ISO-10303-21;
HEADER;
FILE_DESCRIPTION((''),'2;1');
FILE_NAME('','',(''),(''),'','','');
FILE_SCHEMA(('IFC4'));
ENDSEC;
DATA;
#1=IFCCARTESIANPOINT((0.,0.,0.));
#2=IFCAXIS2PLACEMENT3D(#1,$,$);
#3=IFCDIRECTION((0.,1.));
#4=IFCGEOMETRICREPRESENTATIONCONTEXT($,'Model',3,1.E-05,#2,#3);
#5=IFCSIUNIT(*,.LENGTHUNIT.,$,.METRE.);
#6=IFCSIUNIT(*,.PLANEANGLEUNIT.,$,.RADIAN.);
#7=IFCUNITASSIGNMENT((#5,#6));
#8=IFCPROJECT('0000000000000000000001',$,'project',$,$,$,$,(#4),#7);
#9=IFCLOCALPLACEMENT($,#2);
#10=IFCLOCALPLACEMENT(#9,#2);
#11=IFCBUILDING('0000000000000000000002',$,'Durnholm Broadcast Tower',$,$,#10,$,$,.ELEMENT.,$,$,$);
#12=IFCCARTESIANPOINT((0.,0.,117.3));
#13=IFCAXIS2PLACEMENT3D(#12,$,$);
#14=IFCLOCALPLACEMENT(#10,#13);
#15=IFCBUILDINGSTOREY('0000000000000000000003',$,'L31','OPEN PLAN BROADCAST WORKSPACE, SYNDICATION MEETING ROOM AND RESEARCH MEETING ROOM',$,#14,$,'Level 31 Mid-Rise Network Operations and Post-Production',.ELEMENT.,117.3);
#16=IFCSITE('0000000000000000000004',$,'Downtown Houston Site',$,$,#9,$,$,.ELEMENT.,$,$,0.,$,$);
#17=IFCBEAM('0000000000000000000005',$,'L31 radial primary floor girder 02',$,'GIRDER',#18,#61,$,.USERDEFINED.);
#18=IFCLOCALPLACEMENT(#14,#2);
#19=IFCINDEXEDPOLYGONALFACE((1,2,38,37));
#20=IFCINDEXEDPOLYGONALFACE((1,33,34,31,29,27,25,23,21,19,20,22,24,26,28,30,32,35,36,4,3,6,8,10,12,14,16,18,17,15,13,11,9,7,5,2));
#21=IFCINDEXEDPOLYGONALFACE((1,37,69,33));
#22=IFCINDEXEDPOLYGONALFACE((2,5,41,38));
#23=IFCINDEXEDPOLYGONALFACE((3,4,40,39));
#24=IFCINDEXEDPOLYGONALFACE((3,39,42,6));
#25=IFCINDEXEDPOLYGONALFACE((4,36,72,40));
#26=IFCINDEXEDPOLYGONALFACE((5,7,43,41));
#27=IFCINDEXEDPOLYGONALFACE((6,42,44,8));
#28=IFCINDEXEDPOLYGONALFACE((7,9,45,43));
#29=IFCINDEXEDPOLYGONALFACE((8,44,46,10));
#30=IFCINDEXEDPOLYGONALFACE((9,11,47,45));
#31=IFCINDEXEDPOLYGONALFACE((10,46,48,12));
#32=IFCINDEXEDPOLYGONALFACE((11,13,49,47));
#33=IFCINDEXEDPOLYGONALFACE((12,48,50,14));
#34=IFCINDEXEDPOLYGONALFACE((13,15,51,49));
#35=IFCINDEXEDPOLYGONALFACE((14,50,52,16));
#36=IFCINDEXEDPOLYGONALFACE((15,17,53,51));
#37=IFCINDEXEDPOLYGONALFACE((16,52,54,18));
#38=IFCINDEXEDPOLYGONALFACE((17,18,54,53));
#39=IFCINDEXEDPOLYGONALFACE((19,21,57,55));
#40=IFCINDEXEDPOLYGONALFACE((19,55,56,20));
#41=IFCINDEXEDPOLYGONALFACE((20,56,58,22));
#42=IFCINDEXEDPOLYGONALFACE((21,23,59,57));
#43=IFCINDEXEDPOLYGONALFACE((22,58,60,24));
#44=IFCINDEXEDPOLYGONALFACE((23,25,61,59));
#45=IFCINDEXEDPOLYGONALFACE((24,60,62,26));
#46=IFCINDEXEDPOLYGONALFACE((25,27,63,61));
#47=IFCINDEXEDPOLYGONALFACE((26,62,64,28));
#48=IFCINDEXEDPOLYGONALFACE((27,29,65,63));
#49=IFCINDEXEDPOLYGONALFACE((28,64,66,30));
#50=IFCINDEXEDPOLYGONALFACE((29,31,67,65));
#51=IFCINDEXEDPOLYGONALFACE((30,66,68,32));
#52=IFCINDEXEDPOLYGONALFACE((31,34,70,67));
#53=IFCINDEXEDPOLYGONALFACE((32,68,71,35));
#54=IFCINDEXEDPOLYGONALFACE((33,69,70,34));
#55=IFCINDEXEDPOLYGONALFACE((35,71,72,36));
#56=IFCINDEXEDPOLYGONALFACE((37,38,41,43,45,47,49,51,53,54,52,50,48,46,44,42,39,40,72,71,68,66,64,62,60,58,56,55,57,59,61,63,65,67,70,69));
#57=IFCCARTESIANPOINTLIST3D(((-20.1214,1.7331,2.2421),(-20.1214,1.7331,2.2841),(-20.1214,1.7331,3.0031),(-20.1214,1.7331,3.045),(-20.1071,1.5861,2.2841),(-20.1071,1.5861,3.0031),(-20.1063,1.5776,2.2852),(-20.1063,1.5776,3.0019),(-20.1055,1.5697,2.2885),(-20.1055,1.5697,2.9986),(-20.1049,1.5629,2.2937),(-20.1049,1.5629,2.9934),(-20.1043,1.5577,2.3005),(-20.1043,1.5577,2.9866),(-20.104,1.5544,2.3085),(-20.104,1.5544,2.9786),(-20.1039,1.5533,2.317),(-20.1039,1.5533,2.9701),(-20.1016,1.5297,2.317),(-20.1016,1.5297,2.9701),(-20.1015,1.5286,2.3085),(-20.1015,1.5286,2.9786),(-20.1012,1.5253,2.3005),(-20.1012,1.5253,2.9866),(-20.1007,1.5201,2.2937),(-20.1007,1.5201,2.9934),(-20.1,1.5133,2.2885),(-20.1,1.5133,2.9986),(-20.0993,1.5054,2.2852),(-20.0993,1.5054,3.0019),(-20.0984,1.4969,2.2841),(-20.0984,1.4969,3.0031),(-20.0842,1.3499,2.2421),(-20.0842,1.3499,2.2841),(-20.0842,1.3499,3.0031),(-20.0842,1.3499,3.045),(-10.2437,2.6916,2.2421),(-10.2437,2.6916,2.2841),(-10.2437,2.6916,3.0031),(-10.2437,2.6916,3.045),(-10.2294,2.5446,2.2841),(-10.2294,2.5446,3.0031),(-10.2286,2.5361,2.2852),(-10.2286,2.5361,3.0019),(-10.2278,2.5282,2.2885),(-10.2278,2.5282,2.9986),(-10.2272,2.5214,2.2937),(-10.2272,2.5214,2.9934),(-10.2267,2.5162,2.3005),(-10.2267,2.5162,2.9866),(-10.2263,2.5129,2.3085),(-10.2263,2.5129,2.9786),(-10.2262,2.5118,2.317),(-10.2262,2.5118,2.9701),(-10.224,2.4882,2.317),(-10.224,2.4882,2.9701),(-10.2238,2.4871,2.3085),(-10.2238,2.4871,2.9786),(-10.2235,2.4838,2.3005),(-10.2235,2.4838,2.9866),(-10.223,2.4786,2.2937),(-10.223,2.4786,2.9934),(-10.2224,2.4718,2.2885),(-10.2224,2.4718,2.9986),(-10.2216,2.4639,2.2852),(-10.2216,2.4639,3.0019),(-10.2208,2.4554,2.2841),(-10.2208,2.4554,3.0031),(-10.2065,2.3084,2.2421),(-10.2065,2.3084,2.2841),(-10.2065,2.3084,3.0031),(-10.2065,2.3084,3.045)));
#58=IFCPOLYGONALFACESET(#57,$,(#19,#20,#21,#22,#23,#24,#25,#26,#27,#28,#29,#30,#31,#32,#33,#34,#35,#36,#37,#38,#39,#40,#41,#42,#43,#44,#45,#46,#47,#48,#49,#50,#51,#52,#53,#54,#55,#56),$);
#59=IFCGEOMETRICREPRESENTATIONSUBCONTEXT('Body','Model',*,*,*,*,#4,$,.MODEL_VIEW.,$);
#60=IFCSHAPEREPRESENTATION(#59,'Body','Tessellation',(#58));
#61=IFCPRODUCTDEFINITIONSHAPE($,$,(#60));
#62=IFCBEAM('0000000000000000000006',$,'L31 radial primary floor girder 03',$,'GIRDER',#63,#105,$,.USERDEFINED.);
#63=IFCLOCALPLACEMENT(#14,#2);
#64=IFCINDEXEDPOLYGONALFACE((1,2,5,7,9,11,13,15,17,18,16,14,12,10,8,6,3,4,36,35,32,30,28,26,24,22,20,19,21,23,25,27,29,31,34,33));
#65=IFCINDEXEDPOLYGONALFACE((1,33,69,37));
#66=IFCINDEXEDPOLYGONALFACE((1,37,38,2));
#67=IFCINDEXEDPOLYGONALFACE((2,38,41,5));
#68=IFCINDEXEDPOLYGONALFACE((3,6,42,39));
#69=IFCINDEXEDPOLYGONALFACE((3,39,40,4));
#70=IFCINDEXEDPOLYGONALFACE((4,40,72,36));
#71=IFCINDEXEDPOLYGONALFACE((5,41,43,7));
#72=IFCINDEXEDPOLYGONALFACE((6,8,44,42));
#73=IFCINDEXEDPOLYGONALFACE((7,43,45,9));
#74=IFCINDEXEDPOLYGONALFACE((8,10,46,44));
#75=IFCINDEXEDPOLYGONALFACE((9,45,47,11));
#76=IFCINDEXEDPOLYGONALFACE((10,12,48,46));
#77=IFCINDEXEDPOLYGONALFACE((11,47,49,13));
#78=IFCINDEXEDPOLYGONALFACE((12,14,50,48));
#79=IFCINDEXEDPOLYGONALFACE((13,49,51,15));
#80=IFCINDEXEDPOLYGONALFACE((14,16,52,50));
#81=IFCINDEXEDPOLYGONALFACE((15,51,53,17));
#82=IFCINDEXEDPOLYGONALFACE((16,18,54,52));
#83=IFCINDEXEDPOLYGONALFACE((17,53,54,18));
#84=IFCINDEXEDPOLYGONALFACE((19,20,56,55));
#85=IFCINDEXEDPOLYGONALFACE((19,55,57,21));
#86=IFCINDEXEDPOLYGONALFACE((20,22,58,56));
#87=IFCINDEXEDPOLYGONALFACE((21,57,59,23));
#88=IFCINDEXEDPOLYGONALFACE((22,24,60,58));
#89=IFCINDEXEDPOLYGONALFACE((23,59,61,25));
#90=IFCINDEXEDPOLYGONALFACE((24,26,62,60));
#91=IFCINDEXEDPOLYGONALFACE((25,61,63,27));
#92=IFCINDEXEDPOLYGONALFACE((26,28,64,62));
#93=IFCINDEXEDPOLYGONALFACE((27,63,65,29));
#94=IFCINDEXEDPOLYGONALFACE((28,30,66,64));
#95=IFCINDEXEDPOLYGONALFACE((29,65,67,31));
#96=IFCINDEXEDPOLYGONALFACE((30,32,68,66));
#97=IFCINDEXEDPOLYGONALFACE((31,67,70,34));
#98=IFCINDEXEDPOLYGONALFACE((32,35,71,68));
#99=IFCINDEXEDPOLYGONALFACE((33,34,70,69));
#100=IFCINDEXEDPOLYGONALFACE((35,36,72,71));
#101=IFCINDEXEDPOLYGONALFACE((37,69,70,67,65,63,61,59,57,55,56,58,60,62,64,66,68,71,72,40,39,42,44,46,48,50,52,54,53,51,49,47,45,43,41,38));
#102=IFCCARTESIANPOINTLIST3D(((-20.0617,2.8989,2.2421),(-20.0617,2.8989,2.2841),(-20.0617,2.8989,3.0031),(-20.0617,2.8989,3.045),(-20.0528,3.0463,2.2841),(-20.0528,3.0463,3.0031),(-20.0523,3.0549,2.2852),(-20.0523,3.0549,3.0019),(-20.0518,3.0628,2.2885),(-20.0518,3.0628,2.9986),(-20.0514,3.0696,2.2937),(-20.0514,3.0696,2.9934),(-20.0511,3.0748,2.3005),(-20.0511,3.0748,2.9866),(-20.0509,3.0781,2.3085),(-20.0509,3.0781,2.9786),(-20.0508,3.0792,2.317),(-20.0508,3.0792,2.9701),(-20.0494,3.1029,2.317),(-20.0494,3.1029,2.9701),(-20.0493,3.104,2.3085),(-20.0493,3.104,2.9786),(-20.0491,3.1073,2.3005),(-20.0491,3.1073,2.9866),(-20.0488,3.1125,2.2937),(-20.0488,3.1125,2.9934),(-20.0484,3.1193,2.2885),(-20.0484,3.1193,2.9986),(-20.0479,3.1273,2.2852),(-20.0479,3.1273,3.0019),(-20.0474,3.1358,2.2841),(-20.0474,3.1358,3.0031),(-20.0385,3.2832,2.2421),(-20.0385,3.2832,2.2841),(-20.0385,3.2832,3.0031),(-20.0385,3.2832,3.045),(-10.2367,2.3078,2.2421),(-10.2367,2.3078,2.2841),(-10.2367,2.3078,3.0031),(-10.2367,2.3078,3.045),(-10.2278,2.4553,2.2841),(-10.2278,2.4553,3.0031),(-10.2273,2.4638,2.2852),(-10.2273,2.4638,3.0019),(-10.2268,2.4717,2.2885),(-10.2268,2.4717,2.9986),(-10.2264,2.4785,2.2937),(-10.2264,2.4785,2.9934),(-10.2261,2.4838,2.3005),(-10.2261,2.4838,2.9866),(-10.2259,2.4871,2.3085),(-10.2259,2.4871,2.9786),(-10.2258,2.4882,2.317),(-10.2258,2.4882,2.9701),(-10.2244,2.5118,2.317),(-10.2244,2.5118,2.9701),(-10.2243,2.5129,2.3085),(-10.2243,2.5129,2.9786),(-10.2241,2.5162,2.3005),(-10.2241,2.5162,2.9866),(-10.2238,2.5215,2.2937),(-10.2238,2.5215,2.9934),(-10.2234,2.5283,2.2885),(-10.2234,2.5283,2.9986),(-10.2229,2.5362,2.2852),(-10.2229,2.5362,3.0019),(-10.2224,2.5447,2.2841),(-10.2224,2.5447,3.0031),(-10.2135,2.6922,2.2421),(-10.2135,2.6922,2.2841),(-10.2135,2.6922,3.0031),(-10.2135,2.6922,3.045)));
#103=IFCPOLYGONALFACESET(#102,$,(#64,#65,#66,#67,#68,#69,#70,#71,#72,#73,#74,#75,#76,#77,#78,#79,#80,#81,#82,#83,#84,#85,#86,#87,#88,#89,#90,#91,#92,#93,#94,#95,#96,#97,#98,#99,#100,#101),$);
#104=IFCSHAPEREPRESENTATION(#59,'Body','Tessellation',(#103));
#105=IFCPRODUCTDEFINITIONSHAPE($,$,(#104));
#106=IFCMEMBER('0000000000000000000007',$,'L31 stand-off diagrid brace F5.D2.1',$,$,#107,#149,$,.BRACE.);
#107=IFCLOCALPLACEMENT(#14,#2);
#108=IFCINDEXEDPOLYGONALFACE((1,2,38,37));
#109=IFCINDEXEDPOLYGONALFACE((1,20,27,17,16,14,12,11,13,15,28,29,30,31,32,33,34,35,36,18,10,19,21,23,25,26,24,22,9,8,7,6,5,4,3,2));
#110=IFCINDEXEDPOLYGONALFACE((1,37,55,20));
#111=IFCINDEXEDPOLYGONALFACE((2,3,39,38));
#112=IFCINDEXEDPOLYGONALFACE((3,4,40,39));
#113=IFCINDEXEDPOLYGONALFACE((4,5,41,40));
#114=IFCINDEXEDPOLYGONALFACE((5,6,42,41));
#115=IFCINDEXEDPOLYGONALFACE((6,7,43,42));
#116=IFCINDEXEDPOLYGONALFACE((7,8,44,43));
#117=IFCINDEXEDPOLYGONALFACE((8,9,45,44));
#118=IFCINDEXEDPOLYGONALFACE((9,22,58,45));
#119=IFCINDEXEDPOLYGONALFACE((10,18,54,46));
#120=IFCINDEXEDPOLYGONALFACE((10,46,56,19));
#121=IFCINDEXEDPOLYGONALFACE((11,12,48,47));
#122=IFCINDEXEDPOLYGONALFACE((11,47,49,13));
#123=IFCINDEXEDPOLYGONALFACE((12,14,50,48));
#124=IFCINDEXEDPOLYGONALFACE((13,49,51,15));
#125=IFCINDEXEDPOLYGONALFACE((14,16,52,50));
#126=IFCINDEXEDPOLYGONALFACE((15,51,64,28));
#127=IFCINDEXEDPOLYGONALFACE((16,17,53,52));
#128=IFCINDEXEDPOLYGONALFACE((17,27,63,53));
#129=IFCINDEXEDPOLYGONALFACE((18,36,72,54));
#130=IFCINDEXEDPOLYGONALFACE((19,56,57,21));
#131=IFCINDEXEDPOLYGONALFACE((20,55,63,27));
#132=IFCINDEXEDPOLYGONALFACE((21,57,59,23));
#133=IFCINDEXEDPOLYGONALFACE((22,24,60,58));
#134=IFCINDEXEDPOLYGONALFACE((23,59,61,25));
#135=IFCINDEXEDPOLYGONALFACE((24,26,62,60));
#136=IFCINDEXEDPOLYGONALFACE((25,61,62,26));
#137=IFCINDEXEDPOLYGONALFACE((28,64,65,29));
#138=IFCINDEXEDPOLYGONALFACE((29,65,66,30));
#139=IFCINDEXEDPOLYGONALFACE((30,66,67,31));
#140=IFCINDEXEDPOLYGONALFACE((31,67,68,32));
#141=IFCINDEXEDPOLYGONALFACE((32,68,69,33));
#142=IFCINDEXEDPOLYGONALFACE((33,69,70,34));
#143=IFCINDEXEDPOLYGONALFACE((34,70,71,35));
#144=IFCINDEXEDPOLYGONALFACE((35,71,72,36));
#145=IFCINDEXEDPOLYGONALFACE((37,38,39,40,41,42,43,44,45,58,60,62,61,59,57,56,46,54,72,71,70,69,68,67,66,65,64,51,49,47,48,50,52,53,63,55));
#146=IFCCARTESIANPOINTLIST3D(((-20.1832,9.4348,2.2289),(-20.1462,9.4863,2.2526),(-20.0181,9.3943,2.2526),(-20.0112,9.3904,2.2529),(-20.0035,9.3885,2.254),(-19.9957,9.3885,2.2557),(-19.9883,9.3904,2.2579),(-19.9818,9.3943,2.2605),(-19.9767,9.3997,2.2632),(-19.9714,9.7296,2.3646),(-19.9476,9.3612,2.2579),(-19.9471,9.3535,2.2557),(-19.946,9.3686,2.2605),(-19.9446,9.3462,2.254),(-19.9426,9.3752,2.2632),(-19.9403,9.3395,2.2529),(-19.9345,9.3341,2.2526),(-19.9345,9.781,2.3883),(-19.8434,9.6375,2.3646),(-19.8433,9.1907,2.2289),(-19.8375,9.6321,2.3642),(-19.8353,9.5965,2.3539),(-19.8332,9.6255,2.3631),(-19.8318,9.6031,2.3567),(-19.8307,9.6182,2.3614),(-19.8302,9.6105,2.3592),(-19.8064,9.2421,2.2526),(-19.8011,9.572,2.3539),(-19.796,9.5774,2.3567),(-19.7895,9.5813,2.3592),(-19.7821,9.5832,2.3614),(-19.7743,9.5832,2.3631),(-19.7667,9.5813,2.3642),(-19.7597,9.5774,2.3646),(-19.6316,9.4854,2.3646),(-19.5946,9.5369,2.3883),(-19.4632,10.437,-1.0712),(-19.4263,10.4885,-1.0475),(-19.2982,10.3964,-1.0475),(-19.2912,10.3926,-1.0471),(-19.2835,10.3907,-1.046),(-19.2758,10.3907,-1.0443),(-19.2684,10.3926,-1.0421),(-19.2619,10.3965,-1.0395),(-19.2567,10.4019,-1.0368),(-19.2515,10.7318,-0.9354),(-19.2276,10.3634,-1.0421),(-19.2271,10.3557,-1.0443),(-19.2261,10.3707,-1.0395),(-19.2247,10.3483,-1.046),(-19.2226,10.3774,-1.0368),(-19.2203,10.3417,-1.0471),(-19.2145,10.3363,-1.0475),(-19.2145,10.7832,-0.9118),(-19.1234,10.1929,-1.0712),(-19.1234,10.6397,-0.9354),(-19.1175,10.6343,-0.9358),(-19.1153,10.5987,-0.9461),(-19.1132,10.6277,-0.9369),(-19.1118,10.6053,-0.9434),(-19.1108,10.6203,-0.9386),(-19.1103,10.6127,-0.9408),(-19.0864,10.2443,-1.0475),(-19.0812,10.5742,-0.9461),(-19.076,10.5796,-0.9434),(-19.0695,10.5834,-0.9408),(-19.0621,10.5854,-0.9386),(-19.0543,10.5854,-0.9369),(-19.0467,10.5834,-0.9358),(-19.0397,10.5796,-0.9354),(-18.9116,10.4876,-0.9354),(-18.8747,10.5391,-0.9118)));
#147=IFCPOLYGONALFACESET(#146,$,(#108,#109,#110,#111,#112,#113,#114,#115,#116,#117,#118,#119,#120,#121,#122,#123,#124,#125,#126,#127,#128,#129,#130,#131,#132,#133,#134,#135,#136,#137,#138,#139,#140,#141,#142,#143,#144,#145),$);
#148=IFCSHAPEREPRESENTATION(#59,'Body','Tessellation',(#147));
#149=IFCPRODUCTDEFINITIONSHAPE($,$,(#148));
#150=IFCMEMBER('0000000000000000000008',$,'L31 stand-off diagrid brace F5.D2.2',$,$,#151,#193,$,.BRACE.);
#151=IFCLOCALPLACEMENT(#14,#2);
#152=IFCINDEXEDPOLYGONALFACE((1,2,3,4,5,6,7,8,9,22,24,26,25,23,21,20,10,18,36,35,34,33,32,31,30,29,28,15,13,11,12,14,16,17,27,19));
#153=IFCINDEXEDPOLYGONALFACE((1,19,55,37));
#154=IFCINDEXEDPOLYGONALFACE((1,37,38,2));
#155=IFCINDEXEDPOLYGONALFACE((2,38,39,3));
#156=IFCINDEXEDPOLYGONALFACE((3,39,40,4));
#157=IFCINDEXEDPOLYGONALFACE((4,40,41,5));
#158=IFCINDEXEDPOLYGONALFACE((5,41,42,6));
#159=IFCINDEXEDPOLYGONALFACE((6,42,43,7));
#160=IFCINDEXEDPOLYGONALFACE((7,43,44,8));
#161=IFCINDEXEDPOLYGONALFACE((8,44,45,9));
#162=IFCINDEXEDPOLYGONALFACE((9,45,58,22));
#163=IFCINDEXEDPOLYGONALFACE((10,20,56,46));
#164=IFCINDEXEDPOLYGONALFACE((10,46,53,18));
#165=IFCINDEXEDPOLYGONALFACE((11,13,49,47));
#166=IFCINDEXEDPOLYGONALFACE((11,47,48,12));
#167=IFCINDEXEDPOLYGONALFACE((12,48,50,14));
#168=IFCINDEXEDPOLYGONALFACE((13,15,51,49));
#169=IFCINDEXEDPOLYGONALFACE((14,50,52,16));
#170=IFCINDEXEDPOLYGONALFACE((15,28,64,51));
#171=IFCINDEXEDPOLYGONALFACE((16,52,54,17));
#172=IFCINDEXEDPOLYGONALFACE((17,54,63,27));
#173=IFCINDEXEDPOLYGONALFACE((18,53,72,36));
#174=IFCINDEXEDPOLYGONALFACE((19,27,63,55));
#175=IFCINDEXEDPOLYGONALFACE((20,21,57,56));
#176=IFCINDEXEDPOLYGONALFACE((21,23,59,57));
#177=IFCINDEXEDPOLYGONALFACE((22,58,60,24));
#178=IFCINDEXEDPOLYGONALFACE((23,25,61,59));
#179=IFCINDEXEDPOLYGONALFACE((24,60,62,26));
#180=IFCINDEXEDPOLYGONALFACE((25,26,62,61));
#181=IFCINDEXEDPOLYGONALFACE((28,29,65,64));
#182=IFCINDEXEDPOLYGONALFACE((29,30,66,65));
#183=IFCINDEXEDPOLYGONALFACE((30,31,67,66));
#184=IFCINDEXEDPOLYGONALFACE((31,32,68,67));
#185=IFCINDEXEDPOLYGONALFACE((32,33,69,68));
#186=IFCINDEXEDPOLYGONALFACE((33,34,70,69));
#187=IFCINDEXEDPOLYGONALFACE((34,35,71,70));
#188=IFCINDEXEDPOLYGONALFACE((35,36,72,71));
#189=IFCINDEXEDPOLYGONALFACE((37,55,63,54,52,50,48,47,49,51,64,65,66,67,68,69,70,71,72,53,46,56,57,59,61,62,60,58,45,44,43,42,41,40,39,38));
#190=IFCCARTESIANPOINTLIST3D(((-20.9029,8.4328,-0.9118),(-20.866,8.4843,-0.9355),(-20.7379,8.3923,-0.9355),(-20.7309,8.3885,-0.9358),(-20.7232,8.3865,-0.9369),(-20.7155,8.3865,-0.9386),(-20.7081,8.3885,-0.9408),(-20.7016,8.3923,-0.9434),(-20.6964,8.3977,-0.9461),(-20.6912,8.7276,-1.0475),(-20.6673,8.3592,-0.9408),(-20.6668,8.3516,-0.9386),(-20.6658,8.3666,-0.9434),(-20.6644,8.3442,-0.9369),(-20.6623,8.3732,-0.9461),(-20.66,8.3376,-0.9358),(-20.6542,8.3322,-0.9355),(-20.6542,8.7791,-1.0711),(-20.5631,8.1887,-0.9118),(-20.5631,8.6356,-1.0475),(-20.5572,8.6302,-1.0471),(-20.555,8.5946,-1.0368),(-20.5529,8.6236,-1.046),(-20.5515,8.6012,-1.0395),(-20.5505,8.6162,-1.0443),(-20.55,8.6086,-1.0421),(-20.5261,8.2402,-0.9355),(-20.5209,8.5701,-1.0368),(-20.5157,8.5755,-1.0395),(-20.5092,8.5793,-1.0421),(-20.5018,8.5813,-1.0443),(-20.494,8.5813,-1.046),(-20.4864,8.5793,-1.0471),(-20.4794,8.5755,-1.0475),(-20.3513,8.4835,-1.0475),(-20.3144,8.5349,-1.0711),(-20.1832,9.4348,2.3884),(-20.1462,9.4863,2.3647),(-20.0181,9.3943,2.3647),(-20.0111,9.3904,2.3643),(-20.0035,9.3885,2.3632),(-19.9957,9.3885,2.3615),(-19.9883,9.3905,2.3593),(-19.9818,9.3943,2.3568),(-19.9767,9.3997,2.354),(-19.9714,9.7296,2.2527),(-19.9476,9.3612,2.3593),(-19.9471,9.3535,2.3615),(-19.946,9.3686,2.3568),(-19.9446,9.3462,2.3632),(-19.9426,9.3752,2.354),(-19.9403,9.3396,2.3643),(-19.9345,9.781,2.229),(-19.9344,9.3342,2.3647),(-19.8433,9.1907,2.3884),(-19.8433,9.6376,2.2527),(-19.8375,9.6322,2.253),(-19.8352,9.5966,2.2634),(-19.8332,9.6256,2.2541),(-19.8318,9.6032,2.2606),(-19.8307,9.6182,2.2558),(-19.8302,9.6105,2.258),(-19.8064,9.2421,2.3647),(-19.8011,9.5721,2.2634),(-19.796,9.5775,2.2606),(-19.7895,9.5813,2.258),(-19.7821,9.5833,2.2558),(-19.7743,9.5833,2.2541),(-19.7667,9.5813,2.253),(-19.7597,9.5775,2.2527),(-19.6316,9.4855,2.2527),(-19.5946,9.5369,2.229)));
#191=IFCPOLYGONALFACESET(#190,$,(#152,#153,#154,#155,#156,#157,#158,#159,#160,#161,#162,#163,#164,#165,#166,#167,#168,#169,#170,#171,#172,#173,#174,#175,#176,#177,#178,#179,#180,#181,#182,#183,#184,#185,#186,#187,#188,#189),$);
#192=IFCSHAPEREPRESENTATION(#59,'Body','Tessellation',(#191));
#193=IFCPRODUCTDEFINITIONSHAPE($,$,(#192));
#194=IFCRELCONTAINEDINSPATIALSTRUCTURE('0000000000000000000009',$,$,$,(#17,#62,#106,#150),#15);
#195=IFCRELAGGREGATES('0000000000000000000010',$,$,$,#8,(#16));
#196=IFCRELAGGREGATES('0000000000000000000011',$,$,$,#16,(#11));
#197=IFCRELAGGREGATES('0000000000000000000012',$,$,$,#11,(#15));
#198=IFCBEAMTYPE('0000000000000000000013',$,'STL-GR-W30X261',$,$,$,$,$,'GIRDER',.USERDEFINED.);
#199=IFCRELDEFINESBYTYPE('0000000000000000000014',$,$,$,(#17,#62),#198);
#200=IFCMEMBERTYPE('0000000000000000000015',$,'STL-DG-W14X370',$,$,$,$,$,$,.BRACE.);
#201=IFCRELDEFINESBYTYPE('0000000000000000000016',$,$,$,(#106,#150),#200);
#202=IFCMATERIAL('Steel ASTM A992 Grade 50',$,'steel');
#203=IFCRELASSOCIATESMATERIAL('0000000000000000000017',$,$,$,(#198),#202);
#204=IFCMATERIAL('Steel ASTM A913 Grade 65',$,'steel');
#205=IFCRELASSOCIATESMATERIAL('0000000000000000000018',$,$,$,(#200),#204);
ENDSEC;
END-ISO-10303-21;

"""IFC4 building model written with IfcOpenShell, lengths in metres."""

from ifc_helpers import new_model, si_unit, direction, frame, origin, origin_2d, place, context, subcontext, project, spatial, i_section, extrude, source, transform, mapped, material, material_profile, profile_set, type_object, type_shapes, element, save


model = new_model("IFC4")

# Units and contexts
model_context = context("Model", 3, precision=1e-05, world=origin(), true_north=direction((0.0, 1.0)))
body_context = subcontext(model_context, "Body", "Model", "MODEL_VIEW")
ifc_project = project(units=[si_unit("LENGTHUNIT", "METRE"), si_unit("PLANEANGLEUNIT", "RADIAN")], contexts=[model_context])

# Site, building, storey
site_placement = place(None, origin())
site = spatial("IfcSite", under=ifc_project, at=site_placement, Name="Downtown Houston Site", CompositionType="ELEMENT", RefElevation=0.0)
building_placement = place(site_placement, origin())
building = spatial("IfcBuilding", under=site, at=building_placement, Name="Durnholm Broadcast Tower", CompositionType="ELEMENT")
storey_placement = place(building_placement, frame((0.0, 0.0, 117.3)))
storey = spatial("IfcBuildingStorey", under=building, at=storey_placement, Name="L31", Description="OPEN PLAN BROADCAST WORKSPACE, SYNDICATION MEETING ROOM AND RESEARCH MEETING ROOM", LongName="Level 31 Mid-Rise Network Operations and Post-Production", CompositionType="ELEMENT", Elevation=117.3)

# Beams
ifc_material_1 = material(Name="Steel ASTM A992 Grade 50", Category="steel")
ifc_material_profile_1 = material_profile(ifc_material_1, i_section(OverallWidth=0.385, OverallDepth=0.803, WebThickness=0.0237, FlangeThickness=0.042, FilletRadius=0.033, at=origin_2d()), Name="W30X261")
ifc_profile_set_1 = profile_set([ifc_material_profile_1], Name="Steel ASTM A992 Grade 50")
beam_type_1 = type_object("IfcBeamType", Name="STL-GR-W30X261", ElementType="GIRDER", PredefinedType="USERDEFINED", material=ifc_profile_set_1)
shared_shape_1 = source(origin(), body_context, "Body", "SweptSolid", [
    extrude(i_section(OverallWidth=0.385, OverallDepth=0.803, WebThickness=0.0237, FlangeThickness=0.042, FilletRadius=0.033, at=origin_2d()), origin(), (0.0, 0.0, 1.0), 9.9241),
])
beam_1_placement = place(storey_placement, frame((-10.2251, 2.5, 2.6436), z_axis=(-0.995325, -0.096583, 0.0), x_axis=(0.096583, -0.995325, 0.0)))
element("IfcBeam", 1, at=beam_1_placement, inside=storey, type_object=beam_type_1, Name="L31 radial primary floor girder 02", ObjectType="GIRDER", PredefinedType="USERDEFINED", context=body_context, shape_type="MappedRepresentation", body=[
    mapped(shared_shape_1, transform((0.0, 0.0, 0.0), x_axis=(1.0, 0.0, 0.0), y_axis=(0.0, 1.0, 0.0), z_axis=(0.0, 0.0, 1.0), scale=1.0)),
])
shared_shape_2 = source(origin(), body_context, "Body", "SweptSolid", [
    extrude(i_section(OverallWidth=0.385, OverallDepth=0.803, WebThickness=0.0237, FlangeThickness=0.042, FilletRadius=0.033, at=origin_2d()), origin(), (0.0, 0.0, 1.0), 9.8428),
])
type_shapes(beam_type_1, [shared_shape_1, shared_shape_2])
beam_2_placement = place(storey_placement, frame((-10.2251, 2.5, 2.6436), z_axis=(-0.998195, 0.060051, 0.0), x_axis=(-0.060051, -0.998195, 0.0)))
element("IfcBeam", 2, at=beam_2_placement, inside=storey, type_object=beam_type_1, Name="L31 radial primary floor girder 03", ObjectType="GIRDER", PredefinedType="USERDEFINED", context=body_context, shape_type="MappedRepresentation", body=[
    mapped(shared_shape_2, transform((0.0, 0.0, 0.0), x_axis=(1.0, 0.0, 0.0), y_axis=(0.0, 1.0, 0.0), z_axis=(0.0, 0.0, 1.0), scale=1.0)),
])

# Members
ifc_material_2 = material(Name="Steel ASTM A913 Grade 65", Category="steel")
ifc_material_profile_2 = material_profile(ifc_material_2, i_section(OverallWidth=0.4185, OverallDepth=0.4551, WebThickness=0.042, FlangeThickness=0.0676, FilletRadius=0.0305, at=origin_2d()), Name="W14X370")
ifc_profile_set_2 = profile_set([ifc_material_profile_2], Name="Steel ASTM A913 Grade 65")
member_type_1 = type_object("IfcMemberType", Name="STL-DG-W14X370", PredefinedType="BRACE", material=ifc_profile_set_2)
shared_shape_3 = source(origin(), body_context, "Body", "SweptSolid", [
    extrude(i_section(OverallWidth=0.4185, OverallDepth=0.4551, WebThickness=0.042, FlangeThickness=0.0676, FilletRadius=0.0305, at=origin_2d()), origin(), (0.0, 0.0, 1.0), 3.5232),
])
type_shapes(member_type_1, [shared_shape_3])
for number, where, z_axis, x_axis, name in (
    (3, (-19.1689, 10.488, -0.9915), (-0.20435, -0.284455, 0.936657), (0.812153, -0.583444, 0.0), "L31 stand-off diagrid brace F5.D2.1"),
    (4, (-20.6086, 8.4839, -0.9915), (0.204288, 0.284395, 0.936689), (-0.812179, 0.583408, 0.0), "L31 stand-off diagrid brace F5.D2.2"),
):
    element("IfcMember", number, at=place(storey_placement, frame(where, z_axis=z_axis, x_axis=x_axis)), inside=storey, type_object=member_type_1, Name=name, PredefinedType="BRACE", context=body_context, shape_type="MappedRepresentation", body=[
        mapped(shared_shape_3, transform((0.0, 0.0, 0.0), x_axis=(1.0, 0.0, 0.0), y_axis=(0.0, 1.0, 0.0), z_axis=(0.0, 0.0, 1.0), scale=1.0)),
    ])

save(model, "model.ifc")
